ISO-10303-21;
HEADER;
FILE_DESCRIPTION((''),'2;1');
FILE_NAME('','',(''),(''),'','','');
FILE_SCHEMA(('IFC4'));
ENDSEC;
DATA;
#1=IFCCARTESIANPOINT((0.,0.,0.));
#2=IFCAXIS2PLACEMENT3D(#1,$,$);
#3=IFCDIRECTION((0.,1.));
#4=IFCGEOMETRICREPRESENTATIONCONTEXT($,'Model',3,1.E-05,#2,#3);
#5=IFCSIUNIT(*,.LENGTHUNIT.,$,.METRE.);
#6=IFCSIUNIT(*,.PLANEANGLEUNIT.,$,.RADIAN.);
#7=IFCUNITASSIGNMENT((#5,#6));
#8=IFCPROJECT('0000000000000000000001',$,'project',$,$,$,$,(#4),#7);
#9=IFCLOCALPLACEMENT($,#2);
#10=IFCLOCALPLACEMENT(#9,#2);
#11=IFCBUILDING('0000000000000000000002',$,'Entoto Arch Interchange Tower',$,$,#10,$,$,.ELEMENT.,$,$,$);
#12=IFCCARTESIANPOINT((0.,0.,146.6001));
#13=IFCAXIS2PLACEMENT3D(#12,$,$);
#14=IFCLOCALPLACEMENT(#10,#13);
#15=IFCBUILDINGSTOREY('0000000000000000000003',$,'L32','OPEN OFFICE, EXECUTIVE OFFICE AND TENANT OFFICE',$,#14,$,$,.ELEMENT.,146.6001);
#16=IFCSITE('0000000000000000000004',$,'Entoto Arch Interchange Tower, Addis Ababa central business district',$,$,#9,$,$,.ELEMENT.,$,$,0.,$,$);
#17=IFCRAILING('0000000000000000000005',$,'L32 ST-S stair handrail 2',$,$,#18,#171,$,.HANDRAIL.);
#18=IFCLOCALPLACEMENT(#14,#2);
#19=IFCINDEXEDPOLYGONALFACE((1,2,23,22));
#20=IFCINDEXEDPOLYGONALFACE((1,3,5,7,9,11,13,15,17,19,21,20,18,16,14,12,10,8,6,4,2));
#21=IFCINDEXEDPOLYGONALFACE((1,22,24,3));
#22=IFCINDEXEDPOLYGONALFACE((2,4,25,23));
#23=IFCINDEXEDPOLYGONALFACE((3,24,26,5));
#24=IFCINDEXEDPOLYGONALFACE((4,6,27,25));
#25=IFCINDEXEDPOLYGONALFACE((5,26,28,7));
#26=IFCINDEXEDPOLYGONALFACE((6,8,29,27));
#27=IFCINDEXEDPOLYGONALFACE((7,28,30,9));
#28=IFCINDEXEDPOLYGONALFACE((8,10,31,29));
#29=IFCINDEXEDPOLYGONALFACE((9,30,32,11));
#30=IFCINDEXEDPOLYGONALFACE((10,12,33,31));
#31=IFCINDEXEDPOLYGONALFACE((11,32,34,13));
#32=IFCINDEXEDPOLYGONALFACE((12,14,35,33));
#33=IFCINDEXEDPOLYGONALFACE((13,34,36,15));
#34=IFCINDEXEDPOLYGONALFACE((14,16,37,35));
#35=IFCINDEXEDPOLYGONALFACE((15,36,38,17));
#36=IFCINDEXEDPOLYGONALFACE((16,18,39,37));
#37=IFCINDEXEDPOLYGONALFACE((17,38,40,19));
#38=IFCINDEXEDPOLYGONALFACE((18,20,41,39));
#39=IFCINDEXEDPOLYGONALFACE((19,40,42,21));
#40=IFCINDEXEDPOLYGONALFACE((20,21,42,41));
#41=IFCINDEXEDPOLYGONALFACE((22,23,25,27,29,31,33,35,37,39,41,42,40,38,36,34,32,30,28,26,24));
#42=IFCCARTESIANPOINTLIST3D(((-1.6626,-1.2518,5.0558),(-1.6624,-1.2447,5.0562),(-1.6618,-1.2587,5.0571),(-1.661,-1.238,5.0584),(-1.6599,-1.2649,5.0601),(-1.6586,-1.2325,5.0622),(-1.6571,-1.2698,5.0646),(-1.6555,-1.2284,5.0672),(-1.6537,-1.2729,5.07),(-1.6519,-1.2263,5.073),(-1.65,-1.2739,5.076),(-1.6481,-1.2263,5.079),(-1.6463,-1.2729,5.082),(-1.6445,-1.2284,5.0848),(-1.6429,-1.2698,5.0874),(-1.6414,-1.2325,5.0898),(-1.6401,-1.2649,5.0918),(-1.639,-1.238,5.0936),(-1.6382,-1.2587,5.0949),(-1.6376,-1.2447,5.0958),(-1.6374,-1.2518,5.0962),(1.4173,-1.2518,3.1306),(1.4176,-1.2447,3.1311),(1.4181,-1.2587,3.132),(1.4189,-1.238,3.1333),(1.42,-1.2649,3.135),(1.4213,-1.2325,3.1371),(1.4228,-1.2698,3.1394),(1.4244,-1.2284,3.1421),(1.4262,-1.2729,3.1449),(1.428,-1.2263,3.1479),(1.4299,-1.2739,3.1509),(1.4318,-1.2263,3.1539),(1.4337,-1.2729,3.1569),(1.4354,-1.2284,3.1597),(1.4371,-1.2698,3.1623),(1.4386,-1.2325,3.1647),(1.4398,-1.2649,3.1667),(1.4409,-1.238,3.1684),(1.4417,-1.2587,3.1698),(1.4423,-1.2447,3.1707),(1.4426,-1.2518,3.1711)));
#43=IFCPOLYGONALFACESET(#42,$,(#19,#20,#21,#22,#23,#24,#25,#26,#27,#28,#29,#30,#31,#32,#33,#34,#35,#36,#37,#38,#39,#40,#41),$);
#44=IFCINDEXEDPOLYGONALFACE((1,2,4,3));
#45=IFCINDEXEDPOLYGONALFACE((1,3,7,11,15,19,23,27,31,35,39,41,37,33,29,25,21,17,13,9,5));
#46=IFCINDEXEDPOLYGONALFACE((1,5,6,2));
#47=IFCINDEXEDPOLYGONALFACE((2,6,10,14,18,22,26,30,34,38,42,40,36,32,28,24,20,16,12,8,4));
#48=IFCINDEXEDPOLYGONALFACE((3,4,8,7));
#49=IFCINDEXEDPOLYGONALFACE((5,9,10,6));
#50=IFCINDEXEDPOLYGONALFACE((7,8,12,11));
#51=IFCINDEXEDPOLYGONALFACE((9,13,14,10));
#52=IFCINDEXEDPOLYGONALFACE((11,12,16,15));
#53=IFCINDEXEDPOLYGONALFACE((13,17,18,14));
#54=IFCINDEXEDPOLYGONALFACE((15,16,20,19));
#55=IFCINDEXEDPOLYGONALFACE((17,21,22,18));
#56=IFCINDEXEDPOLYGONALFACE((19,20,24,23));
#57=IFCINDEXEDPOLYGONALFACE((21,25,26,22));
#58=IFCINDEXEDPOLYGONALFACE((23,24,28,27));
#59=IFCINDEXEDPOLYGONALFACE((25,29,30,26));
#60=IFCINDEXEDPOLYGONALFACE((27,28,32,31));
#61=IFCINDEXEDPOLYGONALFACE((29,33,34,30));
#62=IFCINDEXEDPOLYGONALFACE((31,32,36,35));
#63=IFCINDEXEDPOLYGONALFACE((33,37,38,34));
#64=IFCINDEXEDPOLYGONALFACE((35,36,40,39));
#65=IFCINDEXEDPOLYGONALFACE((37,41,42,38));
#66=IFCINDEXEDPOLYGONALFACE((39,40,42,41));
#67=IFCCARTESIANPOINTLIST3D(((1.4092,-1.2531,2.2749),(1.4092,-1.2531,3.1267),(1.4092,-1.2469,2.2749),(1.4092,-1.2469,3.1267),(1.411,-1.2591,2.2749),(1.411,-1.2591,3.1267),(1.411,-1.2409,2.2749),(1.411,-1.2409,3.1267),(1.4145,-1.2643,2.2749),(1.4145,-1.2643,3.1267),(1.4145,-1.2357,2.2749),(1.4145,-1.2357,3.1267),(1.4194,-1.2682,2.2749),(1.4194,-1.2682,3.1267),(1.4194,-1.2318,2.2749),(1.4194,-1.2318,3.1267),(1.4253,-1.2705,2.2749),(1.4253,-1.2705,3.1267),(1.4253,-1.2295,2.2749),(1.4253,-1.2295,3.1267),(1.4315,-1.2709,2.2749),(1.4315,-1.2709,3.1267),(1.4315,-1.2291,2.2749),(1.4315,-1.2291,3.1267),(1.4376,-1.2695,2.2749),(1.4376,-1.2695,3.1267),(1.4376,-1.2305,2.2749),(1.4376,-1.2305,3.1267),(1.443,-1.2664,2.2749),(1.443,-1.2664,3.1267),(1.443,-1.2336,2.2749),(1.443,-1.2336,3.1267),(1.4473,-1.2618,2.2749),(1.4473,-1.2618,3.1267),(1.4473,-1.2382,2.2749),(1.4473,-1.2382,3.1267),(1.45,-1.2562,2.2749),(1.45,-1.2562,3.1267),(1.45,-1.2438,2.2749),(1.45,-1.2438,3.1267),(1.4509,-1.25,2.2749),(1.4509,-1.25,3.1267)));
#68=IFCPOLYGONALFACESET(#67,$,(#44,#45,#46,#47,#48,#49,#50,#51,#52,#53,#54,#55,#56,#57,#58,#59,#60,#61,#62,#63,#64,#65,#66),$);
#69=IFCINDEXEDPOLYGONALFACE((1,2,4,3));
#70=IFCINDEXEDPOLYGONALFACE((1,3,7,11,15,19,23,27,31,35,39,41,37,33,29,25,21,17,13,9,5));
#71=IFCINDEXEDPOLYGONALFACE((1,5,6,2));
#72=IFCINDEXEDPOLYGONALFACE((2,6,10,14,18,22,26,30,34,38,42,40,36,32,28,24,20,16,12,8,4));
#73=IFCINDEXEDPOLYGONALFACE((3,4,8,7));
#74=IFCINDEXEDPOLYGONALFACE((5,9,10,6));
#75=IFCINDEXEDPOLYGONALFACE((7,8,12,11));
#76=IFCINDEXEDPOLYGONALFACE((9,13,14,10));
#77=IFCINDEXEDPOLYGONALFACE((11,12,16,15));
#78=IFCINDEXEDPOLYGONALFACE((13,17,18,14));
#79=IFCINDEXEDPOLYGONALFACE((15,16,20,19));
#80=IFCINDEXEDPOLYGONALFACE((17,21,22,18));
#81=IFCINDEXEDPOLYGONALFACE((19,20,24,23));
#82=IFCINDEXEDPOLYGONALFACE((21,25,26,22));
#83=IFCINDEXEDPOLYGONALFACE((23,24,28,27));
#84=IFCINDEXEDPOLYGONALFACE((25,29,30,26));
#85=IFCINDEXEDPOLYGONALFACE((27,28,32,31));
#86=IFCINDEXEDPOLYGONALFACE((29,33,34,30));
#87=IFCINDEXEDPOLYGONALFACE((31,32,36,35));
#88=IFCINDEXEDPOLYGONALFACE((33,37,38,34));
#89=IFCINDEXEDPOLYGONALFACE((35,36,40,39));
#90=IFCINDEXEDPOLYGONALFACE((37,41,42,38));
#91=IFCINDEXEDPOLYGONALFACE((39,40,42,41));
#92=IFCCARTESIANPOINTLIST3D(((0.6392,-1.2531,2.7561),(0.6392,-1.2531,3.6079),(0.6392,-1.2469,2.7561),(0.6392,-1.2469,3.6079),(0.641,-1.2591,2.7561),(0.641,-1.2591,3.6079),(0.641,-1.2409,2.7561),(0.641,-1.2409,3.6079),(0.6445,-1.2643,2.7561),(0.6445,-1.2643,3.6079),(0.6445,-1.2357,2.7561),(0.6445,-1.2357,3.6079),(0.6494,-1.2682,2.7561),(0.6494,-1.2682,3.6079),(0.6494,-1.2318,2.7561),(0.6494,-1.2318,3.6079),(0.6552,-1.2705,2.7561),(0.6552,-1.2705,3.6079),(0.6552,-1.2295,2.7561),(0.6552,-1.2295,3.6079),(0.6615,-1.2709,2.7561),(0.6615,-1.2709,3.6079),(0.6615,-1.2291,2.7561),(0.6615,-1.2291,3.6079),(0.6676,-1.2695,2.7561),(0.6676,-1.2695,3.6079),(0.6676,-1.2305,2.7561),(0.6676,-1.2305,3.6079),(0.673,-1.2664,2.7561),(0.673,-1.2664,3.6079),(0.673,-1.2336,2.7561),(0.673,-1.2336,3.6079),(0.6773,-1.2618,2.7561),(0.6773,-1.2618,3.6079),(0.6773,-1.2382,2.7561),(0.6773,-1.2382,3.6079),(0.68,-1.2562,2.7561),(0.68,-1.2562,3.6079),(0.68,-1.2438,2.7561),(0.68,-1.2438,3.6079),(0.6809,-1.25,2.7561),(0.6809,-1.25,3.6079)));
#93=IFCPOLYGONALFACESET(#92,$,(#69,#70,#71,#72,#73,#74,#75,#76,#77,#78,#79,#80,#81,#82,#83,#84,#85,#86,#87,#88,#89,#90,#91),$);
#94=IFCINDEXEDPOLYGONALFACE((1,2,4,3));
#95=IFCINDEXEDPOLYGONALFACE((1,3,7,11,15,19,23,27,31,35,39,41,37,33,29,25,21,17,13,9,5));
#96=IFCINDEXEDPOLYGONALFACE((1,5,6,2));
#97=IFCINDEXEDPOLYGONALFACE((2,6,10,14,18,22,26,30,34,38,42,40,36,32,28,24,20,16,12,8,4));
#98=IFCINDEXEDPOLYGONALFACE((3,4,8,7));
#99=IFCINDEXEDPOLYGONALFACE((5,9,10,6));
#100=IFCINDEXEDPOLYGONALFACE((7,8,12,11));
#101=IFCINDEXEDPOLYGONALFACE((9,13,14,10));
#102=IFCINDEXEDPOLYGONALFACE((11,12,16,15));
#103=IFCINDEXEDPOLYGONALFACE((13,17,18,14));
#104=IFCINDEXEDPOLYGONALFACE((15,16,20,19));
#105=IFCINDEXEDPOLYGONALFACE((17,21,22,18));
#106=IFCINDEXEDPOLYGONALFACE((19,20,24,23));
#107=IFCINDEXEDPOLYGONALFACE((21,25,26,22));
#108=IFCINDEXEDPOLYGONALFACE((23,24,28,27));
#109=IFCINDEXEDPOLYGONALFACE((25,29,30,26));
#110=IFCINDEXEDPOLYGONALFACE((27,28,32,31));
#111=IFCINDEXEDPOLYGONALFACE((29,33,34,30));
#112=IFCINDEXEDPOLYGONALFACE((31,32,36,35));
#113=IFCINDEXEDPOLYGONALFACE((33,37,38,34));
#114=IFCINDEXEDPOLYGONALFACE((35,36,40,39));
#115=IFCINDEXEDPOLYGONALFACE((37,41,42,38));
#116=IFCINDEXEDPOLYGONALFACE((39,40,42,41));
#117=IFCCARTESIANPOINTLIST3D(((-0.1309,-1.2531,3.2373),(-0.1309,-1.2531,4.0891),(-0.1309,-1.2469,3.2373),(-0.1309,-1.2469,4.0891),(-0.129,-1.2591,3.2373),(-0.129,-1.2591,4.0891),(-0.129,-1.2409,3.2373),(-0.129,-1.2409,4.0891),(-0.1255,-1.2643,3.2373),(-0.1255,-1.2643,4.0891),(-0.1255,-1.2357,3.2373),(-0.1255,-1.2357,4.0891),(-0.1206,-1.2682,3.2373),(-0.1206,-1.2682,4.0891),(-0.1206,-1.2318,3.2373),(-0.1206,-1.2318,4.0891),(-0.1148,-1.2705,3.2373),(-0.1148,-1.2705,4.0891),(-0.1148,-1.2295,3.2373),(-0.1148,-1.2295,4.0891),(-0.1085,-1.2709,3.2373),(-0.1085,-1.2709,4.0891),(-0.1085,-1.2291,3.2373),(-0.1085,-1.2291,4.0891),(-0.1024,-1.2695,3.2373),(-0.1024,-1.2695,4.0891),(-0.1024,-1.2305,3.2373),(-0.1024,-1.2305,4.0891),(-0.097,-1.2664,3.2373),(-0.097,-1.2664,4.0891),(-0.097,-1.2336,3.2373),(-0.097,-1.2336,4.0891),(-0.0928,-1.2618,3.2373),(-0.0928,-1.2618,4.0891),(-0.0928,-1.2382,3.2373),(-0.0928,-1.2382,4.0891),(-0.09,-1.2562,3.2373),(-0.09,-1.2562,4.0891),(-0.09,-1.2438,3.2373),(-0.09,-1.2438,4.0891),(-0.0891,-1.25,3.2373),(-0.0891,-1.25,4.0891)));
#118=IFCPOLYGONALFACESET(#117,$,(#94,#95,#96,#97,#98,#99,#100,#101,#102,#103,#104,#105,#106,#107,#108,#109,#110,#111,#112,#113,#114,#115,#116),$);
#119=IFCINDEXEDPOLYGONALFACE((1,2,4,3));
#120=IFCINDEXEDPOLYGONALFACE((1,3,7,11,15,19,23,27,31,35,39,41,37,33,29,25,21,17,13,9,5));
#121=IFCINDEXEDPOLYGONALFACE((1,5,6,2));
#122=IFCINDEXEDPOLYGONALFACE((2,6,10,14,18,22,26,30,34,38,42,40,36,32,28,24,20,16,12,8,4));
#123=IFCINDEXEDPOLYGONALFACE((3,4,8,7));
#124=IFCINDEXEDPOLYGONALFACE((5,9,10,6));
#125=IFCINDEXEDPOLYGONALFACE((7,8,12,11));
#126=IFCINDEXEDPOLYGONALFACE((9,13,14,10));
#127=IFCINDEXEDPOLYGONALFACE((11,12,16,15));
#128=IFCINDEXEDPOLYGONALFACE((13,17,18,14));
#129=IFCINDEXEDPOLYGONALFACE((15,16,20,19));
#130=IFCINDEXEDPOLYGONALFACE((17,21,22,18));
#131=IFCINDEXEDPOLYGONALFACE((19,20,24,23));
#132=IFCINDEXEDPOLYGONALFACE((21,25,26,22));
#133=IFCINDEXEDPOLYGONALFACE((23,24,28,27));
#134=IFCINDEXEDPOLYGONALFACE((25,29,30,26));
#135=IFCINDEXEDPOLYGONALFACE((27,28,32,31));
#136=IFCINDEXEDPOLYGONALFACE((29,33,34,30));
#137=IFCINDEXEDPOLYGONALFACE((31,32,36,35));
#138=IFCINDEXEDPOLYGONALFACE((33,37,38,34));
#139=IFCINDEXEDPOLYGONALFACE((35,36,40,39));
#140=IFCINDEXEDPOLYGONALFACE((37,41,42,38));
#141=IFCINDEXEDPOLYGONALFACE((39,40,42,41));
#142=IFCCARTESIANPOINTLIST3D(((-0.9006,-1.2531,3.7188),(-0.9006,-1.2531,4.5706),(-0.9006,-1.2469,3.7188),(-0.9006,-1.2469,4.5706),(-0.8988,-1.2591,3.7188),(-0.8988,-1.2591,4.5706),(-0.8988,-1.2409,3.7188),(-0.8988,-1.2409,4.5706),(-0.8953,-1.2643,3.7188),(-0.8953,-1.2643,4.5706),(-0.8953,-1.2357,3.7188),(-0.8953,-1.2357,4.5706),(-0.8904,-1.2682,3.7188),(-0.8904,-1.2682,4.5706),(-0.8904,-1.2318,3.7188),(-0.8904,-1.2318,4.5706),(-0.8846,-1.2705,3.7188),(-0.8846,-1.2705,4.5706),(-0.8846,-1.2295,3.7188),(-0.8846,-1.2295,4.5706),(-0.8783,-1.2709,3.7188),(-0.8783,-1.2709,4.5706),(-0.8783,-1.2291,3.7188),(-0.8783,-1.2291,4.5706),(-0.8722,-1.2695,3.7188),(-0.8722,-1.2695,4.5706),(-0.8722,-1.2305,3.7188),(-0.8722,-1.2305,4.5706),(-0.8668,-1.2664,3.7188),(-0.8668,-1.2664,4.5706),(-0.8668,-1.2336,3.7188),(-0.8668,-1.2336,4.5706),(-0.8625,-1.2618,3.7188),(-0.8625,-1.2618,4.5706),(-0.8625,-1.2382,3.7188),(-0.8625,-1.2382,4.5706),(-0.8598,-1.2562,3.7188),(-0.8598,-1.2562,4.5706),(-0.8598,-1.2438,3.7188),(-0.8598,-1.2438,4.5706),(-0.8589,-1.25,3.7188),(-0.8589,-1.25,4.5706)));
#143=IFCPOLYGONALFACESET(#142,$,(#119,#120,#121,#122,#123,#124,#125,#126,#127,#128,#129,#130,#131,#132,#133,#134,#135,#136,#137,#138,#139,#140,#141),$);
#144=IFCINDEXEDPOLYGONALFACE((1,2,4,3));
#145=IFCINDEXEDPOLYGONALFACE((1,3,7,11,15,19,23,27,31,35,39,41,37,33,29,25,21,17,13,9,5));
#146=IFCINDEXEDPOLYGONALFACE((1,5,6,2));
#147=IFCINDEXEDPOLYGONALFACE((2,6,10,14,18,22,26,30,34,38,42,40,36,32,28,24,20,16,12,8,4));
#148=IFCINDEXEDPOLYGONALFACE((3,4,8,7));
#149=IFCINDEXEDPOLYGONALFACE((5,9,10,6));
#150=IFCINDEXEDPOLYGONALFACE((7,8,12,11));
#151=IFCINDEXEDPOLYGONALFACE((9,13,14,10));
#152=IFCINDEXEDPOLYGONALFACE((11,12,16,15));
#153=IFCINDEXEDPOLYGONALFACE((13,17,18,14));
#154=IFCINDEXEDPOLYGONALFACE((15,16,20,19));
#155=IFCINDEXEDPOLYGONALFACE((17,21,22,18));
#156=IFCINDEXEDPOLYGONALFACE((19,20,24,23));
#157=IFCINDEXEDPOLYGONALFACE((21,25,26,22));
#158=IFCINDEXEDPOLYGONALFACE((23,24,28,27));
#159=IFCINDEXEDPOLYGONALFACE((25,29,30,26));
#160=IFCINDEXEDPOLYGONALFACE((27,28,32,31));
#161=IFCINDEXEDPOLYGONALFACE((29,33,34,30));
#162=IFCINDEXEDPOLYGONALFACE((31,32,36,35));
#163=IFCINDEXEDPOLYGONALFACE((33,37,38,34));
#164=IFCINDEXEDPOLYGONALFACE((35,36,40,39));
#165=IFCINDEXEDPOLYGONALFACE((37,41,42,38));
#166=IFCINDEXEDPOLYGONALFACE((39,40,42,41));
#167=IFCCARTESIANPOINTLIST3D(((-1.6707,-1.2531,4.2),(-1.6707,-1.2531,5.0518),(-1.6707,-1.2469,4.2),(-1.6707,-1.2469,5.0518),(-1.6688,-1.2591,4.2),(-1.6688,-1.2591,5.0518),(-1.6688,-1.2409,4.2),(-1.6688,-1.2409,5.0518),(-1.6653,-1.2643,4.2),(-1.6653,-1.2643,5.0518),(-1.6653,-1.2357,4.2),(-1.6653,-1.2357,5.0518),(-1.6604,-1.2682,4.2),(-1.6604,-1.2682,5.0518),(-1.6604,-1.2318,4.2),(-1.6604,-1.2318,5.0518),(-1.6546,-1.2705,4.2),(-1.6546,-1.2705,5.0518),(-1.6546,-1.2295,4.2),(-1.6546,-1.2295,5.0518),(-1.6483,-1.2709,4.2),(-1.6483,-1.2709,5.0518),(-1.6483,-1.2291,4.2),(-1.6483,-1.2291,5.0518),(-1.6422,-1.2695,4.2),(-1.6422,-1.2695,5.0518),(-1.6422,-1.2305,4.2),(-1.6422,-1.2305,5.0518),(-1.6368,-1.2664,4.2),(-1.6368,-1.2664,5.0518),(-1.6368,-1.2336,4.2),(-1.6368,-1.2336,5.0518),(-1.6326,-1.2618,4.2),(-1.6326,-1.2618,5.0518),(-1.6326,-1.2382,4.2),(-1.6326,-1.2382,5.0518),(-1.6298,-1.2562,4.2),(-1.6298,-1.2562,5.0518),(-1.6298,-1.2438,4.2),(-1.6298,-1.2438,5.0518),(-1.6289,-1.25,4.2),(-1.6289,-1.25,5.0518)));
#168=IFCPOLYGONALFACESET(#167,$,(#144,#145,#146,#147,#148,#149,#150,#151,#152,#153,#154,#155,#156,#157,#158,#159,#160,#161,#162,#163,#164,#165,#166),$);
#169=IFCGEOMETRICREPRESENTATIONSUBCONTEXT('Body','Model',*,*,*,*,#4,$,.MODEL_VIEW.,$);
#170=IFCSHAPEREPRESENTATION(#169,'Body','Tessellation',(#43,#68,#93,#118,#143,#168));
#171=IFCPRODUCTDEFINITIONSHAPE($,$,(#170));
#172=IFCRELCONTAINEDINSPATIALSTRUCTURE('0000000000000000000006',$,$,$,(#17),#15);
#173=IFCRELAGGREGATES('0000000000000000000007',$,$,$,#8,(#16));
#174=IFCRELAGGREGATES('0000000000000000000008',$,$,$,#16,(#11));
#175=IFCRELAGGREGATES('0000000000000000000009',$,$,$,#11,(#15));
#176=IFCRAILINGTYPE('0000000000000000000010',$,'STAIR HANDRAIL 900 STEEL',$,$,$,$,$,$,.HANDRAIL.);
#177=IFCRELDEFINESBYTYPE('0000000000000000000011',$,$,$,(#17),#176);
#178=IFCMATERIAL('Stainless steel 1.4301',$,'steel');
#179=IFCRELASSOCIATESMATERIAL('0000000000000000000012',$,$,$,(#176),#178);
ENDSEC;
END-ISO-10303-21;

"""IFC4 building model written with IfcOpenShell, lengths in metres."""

from ifc_helpers import new_model, si_unit, direction, frame, origin, origin_2d, place, context, subcontext, project, spatial, circle, extrude, material, type_object, element, save


model = new_model("IFC4")

# Units and contexts
model_context = context("Model", 3, precision=1e-05, world=origin(), true_north=direction((0.0, 1.0)))
body_context = subcontext(model_context, "Body", "Model", "MODEL_VIEW")
ifc_project = project(units=[si_unit("LENGTHUNIT", "METRE"), si_unit("PLANEANGLEUNIT", "RADIAN")], contexts=[model_context])

# Site, building, storey
site_placement = place(None, origin())
site = spatial("IfcSite", under=ifc_project, at=site_placement, Name="Entoto Arch Interchange Tower, Addis Ababa central business district", CompositionType="ELEMENT", RefElevation=0.0)
building_placement = place(site_placement, origin())
building = spatial("IfcBuilding", under=site, at=building_placement, Name="Entoto Arch Interchange Tower", CompositionType="ELEMENT")
storey_placement = place(building_placement, frame((0.0, 0.0, 146.6001)))
storey = spatial("IfcBuildingStorey", under=building, at=storey_placement, Name="L32", Description="OPEN OFFICE, EXECUTIVE OFFICE AND TENANT OFFICE", CompositionType="ELEMENT", Elevation=146.6001)

# Railing
ifc_material_1 = material(Name="Stainless steel 1.4301", Category="steel")
railing_type_1 = type_object("IfcRailingType", Name="STAIR HANDRAIL 900 STEEL", PredefinedType="HANDRAIL", material=ifc_material_1)
railing_1_placement = place(storey_placement, frame((1.4299, -1.25, 2.2749)))
element("IfcRailing", 1, at=railing_1_placement, inside=storey, type_object=railing_type_1, Name="L32 ST-S stair handrail 2", PredefinedType="HANDRAIL", context=body_context, shape_type="SweptSolid", body=[
    extrude(circle(Radius=0.0239, at=origin_2d()), frame((0.0, 0.0, 0.876), z_axis=(-0.847979, 0.0, 0.530029), x_axis=(0.0, -1.0, 0.0)), (0.0, 0.0, 1.0), 3.6321),
    extrude(circle(Radius=0.021, at=origin_2d()), origin(), (0.0, 0.0, 1.0), 0.8518),
    extrude(circle(Radius=0.021, at=origin_2d()), frame((-0.77, 0.0, 0.4812)), (0.0, 0.0, 1.0), 0.8518),
    extrude(circle(Radius=0.021, at=origin_2d()), frame((-1.54, 0.0, 0.9624)), (0.0, 0.0, 1.0), 0.8518),
    extrude(circle(Radius=0.021, at=origin_2d()), frame((-2.3098, 0.0, 1.4438)), (0.0, 0.0, 1.0), 0.8518),
    extrude(circle(Radius=0.021, at=origin_2d()), frame((-3.0798, 0.0, 1.925)), (0.0, 0.0, 1.0), 0.8518),
])

save(model, "model.ifc")
